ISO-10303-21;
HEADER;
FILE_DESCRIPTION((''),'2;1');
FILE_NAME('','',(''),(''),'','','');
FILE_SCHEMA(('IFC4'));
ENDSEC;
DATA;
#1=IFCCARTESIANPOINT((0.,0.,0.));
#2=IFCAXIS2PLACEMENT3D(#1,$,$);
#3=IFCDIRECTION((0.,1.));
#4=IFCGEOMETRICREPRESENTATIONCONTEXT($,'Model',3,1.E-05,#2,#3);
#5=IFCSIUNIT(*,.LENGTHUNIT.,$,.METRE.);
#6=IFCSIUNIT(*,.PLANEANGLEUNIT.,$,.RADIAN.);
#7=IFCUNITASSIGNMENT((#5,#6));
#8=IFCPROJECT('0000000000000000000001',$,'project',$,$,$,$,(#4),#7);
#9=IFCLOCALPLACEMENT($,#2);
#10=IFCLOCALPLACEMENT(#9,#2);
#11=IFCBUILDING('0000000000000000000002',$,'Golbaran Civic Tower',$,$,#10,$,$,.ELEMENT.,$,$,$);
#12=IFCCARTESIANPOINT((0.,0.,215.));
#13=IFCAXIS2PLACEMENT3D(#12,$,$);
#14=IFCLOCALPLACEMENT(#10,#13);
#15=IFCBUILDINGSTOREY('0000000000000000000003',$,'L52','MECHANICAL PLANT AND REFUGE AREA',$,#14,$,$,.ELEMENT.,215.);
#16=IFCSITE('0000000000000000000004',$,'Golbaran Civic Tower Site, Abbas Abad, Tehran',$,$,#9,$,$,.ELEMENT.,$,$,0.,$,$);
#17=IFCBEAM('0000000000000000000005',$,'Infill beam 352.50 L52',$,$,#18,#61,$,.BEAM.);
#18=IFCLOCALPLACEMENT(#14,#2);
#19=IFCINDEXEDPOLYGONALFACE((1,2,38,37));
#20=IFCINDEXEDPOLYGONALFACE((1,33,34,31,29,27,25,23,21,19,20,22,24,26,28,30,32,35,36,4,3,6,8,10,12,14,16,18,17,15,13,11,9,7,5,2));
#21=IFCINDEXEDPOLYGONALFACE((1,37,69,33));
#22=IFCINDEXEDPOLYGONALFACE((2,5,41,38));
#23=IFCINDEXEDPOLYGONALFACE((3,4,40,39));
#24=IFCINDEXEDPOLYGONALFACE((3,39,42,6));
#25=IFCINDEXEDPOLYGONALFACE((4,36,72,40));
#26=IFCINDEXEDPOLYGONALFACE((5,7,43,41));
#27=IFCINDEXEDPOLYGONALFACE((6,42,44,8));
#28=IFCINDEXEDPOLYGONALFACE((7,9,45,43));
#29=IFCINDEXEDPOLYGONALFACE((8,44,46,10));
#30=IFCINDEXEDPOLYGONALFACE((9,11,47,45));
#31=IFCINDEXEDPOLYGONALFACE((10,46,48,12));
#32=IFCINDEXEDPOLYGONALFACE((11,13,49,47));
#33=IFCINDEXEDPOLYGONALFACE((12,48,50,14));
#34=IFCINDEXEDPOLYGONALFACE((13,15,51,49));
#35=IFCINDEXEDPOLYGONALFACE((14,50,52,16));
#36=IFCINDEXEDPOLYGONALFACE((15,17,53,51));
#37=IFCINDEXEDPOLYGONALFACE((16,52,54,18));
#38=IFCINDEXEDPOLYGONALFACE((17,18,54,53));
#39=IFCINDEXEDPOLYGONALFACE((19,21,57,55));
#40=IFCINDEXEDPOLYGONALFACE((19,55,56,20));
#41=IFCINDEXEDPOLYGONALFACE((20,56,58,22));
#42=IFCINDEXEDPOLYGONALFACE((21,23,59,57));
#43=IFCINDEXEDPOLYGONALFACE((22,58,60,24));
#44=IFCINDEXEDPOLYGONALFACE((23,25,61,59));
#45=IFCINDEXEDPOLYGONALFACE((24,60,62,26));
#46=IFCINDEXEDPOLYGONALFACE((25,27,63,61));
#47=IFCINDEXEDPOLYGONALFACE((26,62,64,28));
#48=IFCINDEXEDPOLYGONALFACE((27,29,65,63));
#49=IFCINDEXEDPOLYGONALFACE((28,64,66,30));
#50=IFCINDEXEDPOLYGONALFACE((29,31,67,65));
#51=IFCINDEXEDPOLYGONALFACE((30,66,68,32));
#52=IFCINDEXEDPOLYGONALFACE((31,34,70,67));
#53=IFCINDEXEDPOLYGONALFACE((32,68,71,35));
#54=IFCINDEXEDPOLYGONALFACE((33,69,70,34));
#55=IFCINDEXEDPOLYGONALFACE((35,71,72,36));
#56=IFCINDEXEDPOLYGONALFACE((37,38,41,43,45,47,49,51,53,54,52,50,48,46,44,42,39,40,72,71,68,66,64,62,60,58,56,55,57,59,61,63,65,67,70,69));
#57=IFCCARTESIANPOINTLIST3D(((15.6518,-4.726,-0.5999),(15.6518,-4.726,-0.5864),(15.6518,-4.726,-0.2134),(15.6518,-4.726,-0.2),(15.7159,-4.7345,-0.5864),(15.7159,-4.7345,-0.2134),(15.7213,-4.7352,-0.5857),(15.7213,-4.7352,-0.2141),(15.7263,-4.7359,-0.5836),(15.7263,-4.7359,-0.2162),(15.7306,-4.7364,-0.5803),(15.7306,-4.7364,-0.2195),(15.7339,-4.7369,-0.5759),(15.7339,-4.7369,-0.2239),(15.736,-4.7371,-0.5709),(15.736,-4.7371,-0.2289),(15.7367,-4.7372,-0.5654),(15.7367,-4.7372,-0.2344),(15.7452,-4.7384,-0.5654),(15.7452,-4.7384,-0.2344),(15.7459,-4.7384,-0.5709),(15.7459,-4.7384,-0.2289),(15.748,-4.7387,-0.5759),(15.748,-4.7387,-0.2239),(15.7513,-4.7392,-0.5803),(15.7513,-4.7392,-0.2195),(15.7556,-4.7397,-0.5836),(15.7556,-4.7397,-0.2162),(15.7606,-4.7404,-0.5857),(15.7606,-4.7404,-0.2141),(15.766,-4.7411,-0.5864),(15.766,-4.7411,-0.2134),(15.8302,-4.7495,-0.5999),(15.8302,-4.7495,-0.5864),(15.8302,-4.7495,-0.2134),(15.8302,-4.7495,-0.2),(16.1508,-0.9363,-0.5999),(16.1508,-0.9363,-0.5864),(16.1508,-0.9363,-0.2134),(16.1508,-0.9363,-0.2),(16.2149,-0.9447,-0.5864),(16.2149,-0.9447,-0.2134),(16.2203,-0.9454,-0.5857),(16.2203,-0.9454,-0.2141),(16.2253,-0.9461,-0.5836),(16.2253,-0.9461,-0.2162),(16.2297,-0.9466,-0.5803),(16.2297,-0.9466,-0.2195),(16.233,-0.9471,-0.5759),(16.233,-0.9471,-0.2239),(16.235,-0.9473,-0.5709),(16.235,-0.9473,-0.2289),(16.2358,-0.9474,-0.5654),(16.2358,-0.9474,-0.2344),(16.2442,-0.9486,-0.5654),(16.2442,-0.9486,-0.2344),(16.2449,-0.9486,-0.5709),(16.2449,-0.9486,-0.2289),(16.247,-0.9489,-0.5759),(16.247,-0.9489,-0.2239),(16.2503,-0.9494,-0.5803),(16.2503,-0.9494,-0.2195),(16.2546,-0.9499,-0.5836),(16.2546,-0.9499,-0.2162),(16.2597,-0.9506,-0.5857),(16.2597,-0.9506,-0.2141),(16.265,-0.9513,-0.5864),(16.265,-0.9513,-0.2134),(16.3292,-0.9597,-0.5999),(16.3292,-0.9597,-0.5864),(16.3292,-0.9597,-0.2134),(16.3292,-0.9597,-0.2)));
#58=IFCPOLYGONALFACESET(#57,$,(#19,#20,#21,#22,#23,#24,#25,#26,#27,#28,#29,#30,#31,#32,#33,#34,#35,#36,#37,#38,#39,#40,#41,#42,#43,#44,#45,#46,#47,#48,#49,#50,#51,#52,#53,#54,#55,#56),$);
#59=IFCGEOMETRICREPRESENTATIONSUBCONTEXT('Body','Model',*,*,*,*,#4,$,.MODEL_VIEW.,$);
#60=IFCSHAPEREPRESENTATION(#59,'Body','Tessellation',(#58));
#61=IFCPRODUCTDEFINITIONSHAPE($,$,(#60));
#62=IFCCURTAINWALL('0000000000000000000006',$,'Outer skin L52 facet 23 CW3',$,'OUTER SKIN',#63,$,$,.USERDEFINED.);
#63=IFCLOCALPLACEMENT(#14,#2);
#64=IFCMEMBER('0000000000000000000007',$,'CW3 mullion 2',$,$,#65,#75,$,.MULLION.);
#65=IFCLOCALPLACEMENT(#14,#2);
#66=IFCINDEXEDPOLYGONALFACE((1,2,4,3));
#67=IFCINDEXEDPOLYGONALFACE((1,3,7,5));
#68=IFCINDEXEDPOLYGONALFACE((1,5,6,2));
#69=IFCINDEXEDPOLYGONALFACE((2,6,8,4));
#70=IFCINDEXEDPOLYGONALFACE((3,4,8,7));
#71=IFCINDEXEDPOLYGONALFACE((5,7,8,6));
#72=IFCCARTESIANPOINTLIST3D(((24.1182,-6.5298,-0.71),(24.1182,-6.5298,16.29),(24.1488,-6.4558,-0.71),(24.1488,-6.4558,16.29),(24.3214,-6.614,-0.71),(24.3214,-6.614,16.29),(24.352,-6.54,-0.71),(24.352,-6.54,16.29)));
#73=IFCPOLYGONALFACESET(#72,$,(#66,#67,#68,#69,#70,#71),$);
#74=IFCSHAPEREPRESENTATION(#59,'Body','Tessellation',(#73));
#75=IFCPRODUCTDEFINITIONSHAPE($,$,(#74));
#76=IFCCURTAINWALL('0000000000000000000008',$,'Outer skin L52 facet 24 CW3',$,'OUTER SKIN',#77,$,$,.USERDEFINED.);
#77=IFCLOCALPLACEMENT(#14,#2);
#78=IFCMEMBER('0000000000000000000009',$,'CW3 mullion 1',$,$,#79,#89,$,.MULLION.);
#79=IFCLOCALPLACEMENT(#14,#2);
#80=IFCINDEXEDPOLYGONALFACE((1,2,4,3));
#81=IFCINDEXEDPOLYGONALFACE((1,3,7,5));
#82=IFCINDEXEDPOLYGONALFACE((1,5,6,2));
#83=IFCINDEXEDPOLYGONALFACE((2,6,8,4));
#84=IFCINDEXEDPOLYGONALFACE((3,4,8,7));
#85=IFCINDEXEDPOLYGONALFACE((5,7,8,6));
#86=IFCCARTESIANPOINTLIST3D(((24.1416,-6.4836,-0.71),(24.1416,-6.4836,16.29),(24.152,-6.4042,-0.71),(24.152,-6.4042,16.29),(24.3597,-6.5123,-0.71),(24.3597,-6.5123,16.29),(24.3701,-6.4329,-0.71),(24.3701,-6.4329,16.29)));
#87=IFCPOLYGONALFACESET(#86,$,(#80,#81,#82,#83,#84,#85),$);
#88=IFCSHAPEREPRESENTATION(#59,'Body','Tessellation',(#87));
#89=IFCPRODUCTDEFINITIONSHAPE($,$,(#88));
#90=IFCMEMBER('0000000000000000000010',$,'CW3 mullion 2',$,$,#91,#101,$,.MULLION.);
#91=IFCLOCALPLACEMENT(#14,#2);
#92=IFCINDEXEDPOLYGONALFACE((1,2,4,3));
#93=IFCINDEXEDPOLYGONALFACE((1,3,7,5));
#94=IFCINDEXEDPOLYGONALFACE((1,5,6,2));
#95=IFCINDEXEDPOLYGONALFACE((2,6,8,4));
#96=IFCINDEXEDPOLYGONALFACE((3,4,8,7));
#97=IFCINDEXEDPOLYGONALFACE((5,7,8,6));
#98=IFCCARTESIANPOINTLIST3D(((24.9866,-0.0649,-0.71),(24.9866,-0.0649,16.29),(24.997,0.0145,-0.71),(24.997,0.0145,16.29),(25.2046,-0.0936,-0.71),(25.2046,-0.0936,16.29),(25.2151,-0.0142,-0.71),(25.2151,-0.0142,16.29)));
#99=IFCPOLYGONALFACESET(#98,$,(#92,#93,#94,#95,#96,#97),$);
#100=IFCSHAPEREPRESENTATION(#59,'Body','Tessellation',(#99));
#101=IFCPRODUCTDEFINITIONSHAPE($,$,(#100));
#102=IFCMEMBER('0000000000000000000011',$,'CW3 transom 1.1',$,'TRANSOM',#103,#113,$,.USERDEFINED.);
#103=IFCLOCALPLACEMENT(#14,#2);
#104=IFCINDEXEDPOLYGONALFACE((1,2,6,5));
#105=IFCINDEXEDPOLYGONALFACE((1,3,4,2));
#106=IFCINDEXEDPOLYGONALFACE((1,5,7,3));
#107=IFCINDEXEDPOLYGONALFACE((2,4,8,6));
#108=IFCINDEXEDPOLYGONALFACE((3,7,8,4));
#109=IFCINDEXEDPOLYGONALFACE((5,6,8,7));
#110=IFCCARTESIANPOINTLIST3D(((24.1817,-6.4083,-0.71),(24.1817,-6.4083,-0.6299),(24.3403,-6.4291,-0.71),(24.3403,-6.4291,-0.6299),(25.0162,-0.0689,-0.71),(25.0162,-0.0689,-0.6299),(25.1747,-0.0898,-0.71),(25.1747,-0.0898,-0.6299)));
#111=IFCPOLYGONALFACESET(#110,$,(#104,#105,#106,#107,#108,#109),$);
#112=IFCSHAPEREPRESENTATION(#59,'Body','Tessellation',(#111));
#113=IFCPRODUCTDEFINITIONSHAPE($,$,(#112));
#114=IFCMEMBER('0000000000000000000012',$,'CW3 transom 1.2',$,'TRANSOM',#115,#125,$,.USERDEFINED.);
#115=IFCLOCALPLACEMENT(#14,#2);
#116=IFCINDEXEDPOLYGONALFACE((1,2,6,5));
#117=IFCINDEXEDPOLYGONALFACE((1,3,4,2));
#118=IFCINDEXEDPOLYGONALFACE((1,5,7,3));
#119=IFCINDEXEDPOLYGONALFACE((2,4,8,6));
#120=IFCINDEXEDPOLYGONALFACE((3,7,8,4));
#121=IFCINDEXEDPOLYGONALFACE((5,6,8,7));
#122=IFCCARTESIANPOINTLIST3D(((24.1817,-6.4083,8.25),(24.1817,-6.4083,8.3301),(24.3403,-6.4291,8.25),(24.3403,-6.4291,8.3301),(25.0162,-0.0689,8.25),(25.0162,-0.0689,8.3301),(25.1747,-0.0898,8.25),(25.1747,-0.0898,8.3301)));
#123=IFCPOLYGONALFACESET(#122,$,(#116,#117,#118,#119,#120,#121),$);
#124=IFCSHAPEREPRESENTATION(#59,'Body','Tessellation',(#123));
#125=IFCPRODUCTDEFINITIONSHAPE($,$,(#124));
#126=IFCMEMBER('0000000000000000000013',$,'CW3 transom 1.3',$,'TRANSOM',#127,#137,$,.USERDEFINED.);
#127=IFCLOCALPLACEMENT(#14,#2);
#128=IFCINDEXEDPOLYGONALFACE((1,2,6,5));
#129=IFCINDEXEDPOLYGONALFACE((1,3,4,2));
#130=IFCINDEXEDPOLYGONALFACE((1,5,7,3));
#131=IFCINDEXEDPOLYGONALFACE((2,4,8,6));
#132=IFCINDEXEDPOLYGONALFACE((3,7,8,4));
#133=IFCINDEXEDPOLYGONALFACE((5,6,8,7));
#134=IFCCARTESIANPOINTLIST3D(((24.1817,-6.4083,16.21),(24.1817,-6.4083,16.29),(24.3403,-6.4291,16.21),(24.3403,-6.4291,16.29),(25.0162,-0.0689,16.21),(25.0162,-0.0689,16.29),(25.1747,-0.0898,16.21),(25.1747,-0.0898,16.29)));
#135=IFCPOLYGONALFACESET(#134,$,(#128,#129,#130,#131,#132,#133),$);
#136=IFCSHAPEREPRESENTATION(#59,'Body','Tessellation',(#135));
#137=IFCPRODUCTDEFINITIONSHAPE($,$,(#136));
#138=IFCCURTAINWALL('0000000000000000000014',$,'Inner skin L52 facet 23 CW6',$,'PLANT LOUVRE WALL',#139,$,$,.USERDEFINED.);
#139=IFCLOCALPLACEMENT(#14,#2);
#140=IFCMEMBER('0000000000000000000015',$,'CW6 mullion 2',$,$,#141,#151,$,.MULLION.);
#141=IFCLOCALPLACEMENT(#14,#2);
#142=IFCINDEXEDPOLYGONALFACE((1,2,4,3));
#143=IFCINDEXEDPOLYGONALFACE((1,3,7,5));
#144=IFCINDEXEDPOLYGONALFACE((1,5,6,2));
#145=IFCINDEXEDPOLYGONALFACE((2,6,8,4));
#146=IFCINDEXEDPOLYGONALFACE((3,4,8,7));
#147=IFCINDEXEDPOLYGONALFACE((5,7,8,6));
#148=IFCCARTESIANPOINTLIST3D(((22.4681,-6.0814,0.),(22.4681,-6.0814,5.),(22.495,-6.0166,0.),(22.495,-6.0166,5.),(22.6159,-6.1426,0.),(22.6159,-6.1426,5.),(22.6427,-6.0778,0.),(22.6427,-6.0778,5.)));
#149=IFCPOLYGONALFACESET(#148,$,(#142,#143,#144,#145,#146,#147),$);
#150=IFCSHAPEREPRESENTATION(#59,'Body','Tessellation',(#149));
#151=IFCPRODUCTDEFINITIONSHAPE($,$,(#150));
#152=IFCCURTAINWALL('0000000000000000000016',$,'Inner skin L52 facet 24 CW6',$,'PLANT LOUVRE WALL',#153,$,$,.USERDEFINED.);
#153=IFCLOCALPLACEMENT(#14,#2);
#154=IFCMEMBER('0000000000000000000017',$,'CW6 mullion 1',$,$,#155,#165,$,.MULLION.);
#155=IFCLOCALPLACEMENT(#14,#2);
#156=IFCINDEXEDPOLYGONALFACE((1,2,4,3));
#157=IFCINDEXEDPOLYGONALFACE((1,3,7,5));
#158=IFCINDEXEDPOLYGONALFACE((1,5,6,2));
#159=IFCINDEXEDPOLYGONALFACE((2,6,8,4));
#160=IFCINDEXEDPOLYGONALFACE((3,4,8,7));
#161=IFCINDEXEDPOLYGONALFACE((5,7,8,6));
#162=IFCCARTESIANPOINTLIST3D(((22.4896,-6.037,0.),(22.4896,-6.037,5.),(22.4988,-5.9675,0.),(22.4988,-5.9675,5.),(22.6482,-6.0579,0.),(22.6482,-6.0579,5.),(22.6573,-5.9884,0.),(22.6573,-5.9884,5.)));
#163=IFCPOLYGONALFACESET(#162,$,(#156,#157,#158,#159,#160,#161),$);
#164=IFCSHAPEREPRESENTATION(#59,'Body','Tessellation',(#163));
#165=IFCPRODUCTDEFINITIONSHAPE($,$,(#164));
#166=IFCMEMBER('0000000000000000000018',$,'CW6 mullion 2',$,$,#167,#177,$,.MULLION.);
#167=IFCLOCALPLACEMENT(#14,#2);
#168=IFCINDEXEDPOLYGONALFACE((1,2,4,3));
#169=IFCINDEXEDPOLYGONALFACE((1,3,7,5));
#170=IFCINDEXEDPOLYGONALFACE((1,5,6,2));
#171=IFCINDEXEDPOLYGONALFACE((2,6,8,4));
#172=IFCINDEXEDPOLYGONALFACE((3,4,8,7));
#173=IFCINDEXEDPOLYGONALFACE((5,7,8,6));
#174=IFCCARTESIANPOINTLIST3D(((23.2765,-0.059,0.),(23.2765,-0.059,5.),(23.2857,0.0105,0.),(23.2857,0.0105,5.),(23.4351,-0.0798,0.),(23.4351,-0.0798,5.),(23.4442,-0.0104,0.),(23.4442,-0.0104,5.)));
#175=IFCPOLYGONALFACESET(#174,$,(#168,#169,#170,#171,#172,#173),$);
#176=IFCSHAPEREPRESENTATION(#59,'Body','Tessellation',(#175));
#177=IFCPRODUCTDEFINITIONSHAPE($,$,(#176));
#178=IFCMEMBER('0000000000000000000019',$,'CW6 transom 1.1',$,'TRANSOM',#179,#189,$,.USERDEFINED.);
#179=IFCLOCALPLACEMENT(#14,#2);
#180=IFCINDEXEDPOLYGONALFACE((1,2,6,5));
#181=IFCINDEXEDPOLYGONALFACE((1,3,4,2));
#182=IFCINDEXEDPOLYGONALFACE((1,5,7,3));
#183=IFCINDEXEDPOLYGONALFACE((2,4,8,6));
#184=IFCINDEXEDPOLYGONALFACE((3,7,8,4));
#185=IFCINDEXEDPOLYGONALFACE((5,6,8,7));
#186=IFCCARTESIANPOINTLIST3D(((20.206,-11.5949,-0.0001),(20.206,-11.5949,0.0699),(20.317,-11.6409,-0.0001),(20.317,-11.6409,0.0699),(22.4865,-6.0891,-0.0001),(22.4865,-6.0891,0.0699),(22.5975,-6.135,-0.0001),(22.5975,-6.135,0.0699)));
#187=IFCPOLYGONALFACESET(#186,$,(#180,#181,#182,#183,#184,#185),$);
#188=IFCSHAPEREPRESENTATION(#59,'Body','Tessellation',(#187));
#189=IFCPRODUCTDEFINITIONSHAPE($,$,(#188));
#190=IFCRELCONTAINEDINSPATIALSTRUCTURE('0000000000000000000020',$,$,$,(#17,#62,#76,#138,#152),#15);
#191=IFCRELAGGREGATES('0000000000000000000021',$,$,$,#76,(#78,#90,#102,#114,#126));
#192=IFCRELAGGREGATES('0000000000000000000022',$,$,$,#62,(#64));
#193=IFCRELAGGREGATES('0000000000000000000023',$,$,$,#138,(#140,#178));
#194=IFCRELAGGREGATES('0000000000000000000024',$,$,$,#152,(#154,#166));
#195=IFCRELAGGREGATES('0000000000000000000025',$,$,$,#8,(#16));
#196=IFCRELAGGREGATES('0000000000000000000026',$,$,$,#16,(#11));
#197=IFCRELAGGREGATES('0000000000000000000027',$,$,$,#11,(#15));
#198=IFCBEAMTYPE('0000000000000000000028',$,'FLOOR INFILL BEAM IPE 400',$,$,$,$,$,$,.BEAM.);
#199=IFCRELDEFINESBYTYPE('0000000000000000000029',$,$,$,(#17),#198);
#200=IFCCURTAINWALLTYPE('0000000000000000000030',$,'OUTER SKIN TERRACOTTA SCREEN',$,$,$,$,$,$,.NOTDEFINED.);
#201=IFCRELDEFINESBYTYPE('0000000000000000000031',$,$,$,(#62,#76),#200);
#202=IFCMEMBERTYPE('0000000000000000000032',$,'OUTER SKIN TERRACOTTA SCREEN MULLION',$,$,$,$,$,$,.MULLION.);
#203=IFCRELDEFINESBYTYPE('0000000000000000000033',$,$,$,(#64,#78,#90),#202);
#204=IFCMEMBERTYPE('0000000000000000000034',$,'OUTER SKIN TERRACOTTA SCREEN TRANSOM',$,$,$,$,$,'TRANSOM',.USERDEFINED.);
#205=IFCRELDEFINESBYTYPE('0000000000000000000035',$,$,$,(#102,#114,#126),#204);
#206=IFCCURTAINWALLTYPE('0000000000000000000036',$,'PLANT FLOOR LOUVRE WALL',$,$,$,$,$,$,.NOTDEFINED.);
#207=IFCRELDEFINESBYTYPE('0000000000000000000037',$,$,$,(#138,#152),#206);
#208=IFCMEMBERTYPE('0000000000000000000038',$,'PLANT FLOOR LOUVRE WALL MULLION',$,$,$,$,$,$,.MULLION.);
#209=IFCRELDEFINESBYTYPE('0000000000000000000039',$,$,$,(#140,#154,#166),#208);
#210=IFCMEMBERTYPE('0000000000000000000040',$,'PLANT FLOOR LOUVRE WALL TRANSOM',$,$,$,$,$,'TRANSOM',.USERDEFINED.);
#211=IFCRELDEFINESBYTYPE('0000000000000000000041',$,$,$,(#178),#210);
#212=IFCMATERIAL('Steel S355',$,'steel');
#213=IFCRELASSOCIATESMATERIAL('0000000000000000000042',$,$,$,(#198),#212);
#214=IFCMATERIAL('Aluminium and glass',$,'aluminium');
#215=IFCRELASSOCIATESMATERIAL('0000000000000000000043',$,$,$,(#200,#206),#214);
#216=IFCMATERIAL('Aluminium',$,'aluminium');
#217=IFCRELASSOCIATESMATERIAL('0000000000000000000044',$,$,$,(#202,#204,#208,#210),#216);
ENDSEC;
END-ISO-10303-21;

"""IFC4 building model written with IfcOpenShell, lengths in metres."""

from ifc_helpers import new_model, si_unit, direction, frame, origin, origin_2d, place, context, subcontext, project, spatial, rectangle, i_section, extrude, material, material_profile, profile_set, type_object, element, aggregate, save


model = new_model("IFC4")

# Units and contexts
model_context = context("Model", 3, precision=1e-05, world=origin(), true_north=direction((0.0, 1.0)))
body_context = subcontext(model_context, "Body", "Model", "MODEL_VIEW")
ifc_project = project(units=[si_unit("LENGTHUNIT", "METRE"), si_unit("PLANEANGLEUNIT", "RADIAN")], contexts=[model_context])

# Site, building, storey
site_placement = place(None, origin())
site = spatial("IfcSite", under=ifc_project, at=site_placement, Name="Golbaran Civic Tower Site, Abbas Abad, Tehran", CompositionType="ELEMENT", RefElevation=0.0)
building_placement = place(site_placement, origin())
building = spatial("IfcBuilding", under=site, at=building_placement, Name="Golbaran Civic Tower", CompositionType="ELEMENT")
storey_placement = place(building_placement, frame((0.0, 0.0, 215.0)))
storey = spatial("IfcBuildingStorey", under=building, at=storey_placement, Name="L52", Description="MECHANICAL PLANT AND REFUGE AREA", CompositionType="ELEMENT", Elevation=215.0)

# Shared definitions
ifc_material_1 = material(Name="Steel S355", Category="steel")

# Beam
ifc_material_profile_1 = material_profile(ifc_material_1, i_section(OverallWidth=0.1799, OverallDepth=0.3999, WebThickness=0.0085, FlangeThickness=0.0134, FilletRadius=0.021, at=origin_2d()), Name="IPE 400")
ifc_profile_set_1 = profile_set([ifc_material_profile_1], Name="Steel S355")
beam_type_1 = type_object("IfcBeamType", Name="FLOOR INFILL BEAM IPE 400", PredefinedType="BEAM", material=ifc_profile_set_1)
beam_1_placement = place(storey_placement, frame((15.741, -4.7378, -0.3999), z_axis=(0.130549, 0.991442, 0.0), x_axis=(-0.991442, 0.130549, 0.0)))
element("IfcBeam", 1, at=beam_1_placement, inside=storey, type_object=beam_type_1, Name="Infill beam 352.50 L52", PredefinedType="BEAM", context=body_context, shape_type="SweptSolid", body=[
    extrude(i_section(OverallWidth=0.1799, OverallDepth=0.3999, WebThickness=0.0085, FlangeThickness=0.0134, FilletRadius=0.021, at=origin_2d()), origin(), (0.0, 0.0, 1.0), 3.8225),
])

# Curtain wall, member
ifc_material_2 = material(Name="Aluminium and glass", Category="aluminium")
curtain_wall_type_1 = type_object("IfcCurtainWallType", Name="OUTER SKIN TERRACOTTA SCREEN", PredefinedType="NOTDEFINED", material=ifc_material_2)
curtain_wall_1_placement = place(storey_placement, origin())
curtain_wall_1 = element("IfcCurtainWall", 2, at=curtain_wall_1_placement, inside=storey, type_object=curtain_wall_type_1, Name="Outer skin L52 facet 23 CW3", ObjectType="OUTER SKIN", PredefinedType="USERDEFINED")
ifc_material_3 = material(Name="Aluminium", Category="aluminium")
ifc_material_profile_2 = material_profile(ifc_material_3, rectangle(XDim=0.22, YDim=0.0801, at=origin_2d()), Name="OUTER SKIN TERRACOTTA SCREEN MULLION")
ifc_profile_set_2 = profile_set([ifc_material_profile_2], Name="Aluminium")
member_type_1 = type_object("IfcMemberType", Name="OUTER SKIN TERRACOTTA SCREEN MULLION", PredefinedType="MULLION", material=ifc_profile_set_2)
member_1_placement = place(storey_placement, frame((24.2351, -6.5349, -0.71), z_axis=(0.0, 0.0, 1.0), x_axis=(-0.92388, 0.382683, 0.0)))
member_1 = element("IfcMember", 3, at=member_1_placement, type_object=member_type_1, Name="CW3 mullion 2", PredefinedType="MULLION", context=body_context, shape_type="SweptSolid", body=[
    extrude(rectangle(XDim=0.22, YDim=0.0801, at=origin_2d()), origin(), (0.0, 0.0, 1.0), 17.0),
])

# Curtain wall, members
curtain_wall_2_placement = place(storey_placement, origin())
curtain_wall_2 = element("IfcCurtainWall", 4, at=curtain_wall_2_placement, inside=storey, type_object=curtain_wall_type_1, Name="Outer skin L52 facet 24 CW3", ObjectType="OUTER SKIN", PredefinedType="USERDEFINED")
member_2_placement = place(storey_placement, frame((24.2559, -6.4583, -0.71), z_axis=(0.0, 0.0, 1.0), x_axis=(-0.991445, 0.130526, 0.0)))
member_2 = element("IfcMember", 5, at=member_2_placement, type_object=member_type_1, Name="CW3 mullion 1", PredefinedType="MULLION", context=body_context, shape_type="SweptSolid", body=[
    extrude(rectangle(XDim=0.22, YDim=0.0801, at=origin_2d()), origin(), (0.0, 0.0, 1.0), 17.0),
])
member_3_placement = place(storey_placement, frame((25.1008, -0.0396, -0.71), z_axis=(0.0, 0.0, 1.0), x_axis=(-0.991445, 0.130526, 0.0)))
member_3 = element("IfcMember", 6, at=member_3_placement, type_object=member_type_1, Name="CW3 mullion 2", PredefinedType="MULLION", context=body_context, shape_type="SweptSolid", body=[
    extrude(rectangle(XDim=0.22, YDim=0.0801, at=origin_2d()), origin(), (0.0, 0.0, 1.0), 17.0),
])
ifc_material_profile_3 = material_profile(ifc_material_3, rectangle(XDim=0.1599, YDim=0.0801, at=origin_2d()), Name="OUTER SKIN TERRACOTTA SCREEN TRANSOM")
ifc_profile_set_3 = profile_set([ifc_material_profile_3], Name="Aluminium")
member_type_2 = type_object("IfcMemberType", Name="OUTER SKIN TERRACOTTA SCREEN TRANSOM", ElementType="TRANSOM", PredefinedType="USERDEFINED", material=ifc_profile_set_3)
member_4_placement = place(storey_placement, frame((24.261, -6.4187, -0.6699), z_axis=(0.130508, 0.991447, 0.0), x_axis=(-0.991447, 0.130508, 0.0)))
member_4 = element("IfcMember", 7, at=member_4_placement, type_object=member_type_2, Name="CW3 transom 1.1", ObjectType="TRANSOM", PredefinedType="USERDEFINED", context=body_context, shape_type="SweptSolid", body=[
    extrude(rectangle(XDim=0.1599, YDim=0.0801, at=origin_2d()), origin(), (0.0, 0.0, 1.0), 6.394),
])
member_5_placement = place(storey_placement, frame((24.261, -6.4187, 8.29), z_axis=(0.130508, 0.991447, 0.0), x_axis=(-0.991447, 0.130508, 0.0)))
member_5 = element("IfcMember", 8, at=member_5_placement, type_object=member_type_2, Name="CW3 transom 1.2", ObjectType="TRANSOM", PredefinedType="USERDEFINED", context=body_context, shape_type="SweptSolid", body=[
    extrude(rectangle(XDim=0.1599, YDim=0.0801, at=origin_2d()), origin(), (0.0, 0.0, 1.0), 6.394),
])
member_6_placement = place(storey_placement, frame((24.261, -6.4187, 16.25), z_axis=(0.130508, 0.991447, 0.0), x_axis=(-0.991447, 0.130508, 0.0)))
member_6 = element("IfcMember", 9, at=member_6_placement, type_object=member_type_2, Name="CW3 transom 1.3", ObjectType="TRANSOM", PredefinedType="USERDEFINED", context=body_context, shape_type="SweptSolid", body=[
    extrude(rectangle(XDim=0.1599, YDim=0.0801, at=origin_2d()), origin(), (0.0, 0.0, 1.0), 6.394),
])

# Curtain wall, member
curtain_wall_type_2 = type_object("IfcCurtainWallType", Name="PLANT FLOOR LOUVRE WALL", PredefinedType="NOTDEFINED", material=ifc_material_2)
curtain_wall_3_placement = place(storey_placement, origin())
curtain_wall_3 = element("IfcCurtainWall", 10, at=curtain_wall_3_placement, inside=storey, type_object=curtain_wall_type_2, Name="Inner skin L52 facet 23 CW6", ObjectType="PLANT LOUVRE WALL", PredefinedType="USERDEFINED")
ifc_material_profile_4 = material_profile(ifc_material_3, rectangle(XDim=0.1599, YDim=0.0701, at=origin_2d()), Name="PLANT FLOOR LOUVRE WALL MULLION")
ifc_profile_set_4 = profile_set([ifc_material_profile_4], Name="Aluminium")
member_type_3 = type_object("IfcMemberType", Name="PLANT FLOOR LOUVRE WALL MULLION", PredefinedType="MULLION", material=ifc_profile_set_4)
member_7_placement = place(storey_placement, frame((22.5554, -6.0796, 0.0), z_axis=(0.0, 0.0, 1.0), x_axis=(-0.92388, 0.382683, 0.0)))
member_7 = element("IfcMember", 11, at=member_7_placement, type_object=member_type_3, Name="CW6 mullion 2", PredefinedType="MULLION", context=body_context, shape_type="SweptSolid", body=[
    extrude(rectangle(XDim=0.1599, YDim=0.0701, at=origin_2d()), origin(), (0.0, 0.0, 1.0), 5.0),
])

# Curtain wall, members
curtain_wall_4_placement = place(storey_placement, origin())
curtain_wall_4 = element("IfcCurtainWall", 12, at=curtain_wall_4_placement, inside=storey, type_object=curtain_wall_type_2, Name="Inner skin L52 facet 24 CW6", ObjectType="PLANT LOUVRE WALL", PredefinedType="USERDEFINED")
member_8_placement = place(storey_placement, frame((22.5735, -6.0127, 0.0), z_axis=(0.0, 0.0, 1.0), x_axis=(-0.991445, 0.130526, 0.0)))
member_8 = element("IfcMember", 13, at=member_8_placement, type_object=member_type_3, Name="CW6 mullion 1", PredefinedType="MULLION", context=body_context, shape_type="SweptSolid", body=[
    extrude(rectangle(XDim=0.1599, YDim=0.0701, at=origin_2d()), origin(), (0.0, 0.0, 1.0), 5.0),
])
member_9_placement = place(storey_placement, frame((23.3604, -0.0347, 0.0), z_axis=(0.0, 0.0, 1.0), x_axis=(-0.991445, 0.130526, 0.0)))
member_9 = element("IfcMember", 14, at=member_9_placement, type_object=member_type_3, Name="CW6 mullion 2", PredefinedType="MULLION", context=body_context, shape_type="SweptSolid", body=[
    extrude(rectangle(XDim=0.1599, YDim=0.0701, at=origin_2d()), origin(), (0.0, 0.0, 1.0), 5.0),
])

# Member
ifc_material_profile_5 = material_profile(ifc_material_3, rectangle(XDim=0.1201, YDim=0.0701, at=origin_2d()), Name="PLANT FLOOR LOUVRE WALL TRANSOM")
ifc_profile_set_5 = profile_set([ifc_material_profile_5], Name="Aluminium")
member_type_4 = type_object("IfcMemberType", Name="PLANT FLOOR LOUVRE WALL TRANSOM", ElementType="TRANSOM", PredefinedType="USERDEFINED", material=ifc_profile_set_5)
member_10_placement = place(storey_placement, frame((20.2615, -11.6179, 0.0349), z_axis=(0.382671, 0.923885, 0.0), x_axis=(-0.923885, 0.382671, 0.0)))
member_10 = element("IfcMember", 15, at=member_10_placement, type_object=member_type_4, Name="CW6 transom 1.1", ObjectType="TRANSOM", PredefinedType="USERDEFINED", context=body_context, shape_type="SweptSolid", body=[
    extrude(rectangle(XDim=0.1201, YDim=0.0701, at=origin_2d()), origin(), (0.0, 0.0, 1.0), 5.9595),
])

aggregate(curtain_wall_2, [member_2, member_3, member_4, member_5, member_6])
aggregate(curtain_wall_1, [member_1])
aggregate(curtain_wall_3, [member_7, member_10])
aggregate(curtain_wall_4, [member_8, member_9])

save(model, "model.ifc")
